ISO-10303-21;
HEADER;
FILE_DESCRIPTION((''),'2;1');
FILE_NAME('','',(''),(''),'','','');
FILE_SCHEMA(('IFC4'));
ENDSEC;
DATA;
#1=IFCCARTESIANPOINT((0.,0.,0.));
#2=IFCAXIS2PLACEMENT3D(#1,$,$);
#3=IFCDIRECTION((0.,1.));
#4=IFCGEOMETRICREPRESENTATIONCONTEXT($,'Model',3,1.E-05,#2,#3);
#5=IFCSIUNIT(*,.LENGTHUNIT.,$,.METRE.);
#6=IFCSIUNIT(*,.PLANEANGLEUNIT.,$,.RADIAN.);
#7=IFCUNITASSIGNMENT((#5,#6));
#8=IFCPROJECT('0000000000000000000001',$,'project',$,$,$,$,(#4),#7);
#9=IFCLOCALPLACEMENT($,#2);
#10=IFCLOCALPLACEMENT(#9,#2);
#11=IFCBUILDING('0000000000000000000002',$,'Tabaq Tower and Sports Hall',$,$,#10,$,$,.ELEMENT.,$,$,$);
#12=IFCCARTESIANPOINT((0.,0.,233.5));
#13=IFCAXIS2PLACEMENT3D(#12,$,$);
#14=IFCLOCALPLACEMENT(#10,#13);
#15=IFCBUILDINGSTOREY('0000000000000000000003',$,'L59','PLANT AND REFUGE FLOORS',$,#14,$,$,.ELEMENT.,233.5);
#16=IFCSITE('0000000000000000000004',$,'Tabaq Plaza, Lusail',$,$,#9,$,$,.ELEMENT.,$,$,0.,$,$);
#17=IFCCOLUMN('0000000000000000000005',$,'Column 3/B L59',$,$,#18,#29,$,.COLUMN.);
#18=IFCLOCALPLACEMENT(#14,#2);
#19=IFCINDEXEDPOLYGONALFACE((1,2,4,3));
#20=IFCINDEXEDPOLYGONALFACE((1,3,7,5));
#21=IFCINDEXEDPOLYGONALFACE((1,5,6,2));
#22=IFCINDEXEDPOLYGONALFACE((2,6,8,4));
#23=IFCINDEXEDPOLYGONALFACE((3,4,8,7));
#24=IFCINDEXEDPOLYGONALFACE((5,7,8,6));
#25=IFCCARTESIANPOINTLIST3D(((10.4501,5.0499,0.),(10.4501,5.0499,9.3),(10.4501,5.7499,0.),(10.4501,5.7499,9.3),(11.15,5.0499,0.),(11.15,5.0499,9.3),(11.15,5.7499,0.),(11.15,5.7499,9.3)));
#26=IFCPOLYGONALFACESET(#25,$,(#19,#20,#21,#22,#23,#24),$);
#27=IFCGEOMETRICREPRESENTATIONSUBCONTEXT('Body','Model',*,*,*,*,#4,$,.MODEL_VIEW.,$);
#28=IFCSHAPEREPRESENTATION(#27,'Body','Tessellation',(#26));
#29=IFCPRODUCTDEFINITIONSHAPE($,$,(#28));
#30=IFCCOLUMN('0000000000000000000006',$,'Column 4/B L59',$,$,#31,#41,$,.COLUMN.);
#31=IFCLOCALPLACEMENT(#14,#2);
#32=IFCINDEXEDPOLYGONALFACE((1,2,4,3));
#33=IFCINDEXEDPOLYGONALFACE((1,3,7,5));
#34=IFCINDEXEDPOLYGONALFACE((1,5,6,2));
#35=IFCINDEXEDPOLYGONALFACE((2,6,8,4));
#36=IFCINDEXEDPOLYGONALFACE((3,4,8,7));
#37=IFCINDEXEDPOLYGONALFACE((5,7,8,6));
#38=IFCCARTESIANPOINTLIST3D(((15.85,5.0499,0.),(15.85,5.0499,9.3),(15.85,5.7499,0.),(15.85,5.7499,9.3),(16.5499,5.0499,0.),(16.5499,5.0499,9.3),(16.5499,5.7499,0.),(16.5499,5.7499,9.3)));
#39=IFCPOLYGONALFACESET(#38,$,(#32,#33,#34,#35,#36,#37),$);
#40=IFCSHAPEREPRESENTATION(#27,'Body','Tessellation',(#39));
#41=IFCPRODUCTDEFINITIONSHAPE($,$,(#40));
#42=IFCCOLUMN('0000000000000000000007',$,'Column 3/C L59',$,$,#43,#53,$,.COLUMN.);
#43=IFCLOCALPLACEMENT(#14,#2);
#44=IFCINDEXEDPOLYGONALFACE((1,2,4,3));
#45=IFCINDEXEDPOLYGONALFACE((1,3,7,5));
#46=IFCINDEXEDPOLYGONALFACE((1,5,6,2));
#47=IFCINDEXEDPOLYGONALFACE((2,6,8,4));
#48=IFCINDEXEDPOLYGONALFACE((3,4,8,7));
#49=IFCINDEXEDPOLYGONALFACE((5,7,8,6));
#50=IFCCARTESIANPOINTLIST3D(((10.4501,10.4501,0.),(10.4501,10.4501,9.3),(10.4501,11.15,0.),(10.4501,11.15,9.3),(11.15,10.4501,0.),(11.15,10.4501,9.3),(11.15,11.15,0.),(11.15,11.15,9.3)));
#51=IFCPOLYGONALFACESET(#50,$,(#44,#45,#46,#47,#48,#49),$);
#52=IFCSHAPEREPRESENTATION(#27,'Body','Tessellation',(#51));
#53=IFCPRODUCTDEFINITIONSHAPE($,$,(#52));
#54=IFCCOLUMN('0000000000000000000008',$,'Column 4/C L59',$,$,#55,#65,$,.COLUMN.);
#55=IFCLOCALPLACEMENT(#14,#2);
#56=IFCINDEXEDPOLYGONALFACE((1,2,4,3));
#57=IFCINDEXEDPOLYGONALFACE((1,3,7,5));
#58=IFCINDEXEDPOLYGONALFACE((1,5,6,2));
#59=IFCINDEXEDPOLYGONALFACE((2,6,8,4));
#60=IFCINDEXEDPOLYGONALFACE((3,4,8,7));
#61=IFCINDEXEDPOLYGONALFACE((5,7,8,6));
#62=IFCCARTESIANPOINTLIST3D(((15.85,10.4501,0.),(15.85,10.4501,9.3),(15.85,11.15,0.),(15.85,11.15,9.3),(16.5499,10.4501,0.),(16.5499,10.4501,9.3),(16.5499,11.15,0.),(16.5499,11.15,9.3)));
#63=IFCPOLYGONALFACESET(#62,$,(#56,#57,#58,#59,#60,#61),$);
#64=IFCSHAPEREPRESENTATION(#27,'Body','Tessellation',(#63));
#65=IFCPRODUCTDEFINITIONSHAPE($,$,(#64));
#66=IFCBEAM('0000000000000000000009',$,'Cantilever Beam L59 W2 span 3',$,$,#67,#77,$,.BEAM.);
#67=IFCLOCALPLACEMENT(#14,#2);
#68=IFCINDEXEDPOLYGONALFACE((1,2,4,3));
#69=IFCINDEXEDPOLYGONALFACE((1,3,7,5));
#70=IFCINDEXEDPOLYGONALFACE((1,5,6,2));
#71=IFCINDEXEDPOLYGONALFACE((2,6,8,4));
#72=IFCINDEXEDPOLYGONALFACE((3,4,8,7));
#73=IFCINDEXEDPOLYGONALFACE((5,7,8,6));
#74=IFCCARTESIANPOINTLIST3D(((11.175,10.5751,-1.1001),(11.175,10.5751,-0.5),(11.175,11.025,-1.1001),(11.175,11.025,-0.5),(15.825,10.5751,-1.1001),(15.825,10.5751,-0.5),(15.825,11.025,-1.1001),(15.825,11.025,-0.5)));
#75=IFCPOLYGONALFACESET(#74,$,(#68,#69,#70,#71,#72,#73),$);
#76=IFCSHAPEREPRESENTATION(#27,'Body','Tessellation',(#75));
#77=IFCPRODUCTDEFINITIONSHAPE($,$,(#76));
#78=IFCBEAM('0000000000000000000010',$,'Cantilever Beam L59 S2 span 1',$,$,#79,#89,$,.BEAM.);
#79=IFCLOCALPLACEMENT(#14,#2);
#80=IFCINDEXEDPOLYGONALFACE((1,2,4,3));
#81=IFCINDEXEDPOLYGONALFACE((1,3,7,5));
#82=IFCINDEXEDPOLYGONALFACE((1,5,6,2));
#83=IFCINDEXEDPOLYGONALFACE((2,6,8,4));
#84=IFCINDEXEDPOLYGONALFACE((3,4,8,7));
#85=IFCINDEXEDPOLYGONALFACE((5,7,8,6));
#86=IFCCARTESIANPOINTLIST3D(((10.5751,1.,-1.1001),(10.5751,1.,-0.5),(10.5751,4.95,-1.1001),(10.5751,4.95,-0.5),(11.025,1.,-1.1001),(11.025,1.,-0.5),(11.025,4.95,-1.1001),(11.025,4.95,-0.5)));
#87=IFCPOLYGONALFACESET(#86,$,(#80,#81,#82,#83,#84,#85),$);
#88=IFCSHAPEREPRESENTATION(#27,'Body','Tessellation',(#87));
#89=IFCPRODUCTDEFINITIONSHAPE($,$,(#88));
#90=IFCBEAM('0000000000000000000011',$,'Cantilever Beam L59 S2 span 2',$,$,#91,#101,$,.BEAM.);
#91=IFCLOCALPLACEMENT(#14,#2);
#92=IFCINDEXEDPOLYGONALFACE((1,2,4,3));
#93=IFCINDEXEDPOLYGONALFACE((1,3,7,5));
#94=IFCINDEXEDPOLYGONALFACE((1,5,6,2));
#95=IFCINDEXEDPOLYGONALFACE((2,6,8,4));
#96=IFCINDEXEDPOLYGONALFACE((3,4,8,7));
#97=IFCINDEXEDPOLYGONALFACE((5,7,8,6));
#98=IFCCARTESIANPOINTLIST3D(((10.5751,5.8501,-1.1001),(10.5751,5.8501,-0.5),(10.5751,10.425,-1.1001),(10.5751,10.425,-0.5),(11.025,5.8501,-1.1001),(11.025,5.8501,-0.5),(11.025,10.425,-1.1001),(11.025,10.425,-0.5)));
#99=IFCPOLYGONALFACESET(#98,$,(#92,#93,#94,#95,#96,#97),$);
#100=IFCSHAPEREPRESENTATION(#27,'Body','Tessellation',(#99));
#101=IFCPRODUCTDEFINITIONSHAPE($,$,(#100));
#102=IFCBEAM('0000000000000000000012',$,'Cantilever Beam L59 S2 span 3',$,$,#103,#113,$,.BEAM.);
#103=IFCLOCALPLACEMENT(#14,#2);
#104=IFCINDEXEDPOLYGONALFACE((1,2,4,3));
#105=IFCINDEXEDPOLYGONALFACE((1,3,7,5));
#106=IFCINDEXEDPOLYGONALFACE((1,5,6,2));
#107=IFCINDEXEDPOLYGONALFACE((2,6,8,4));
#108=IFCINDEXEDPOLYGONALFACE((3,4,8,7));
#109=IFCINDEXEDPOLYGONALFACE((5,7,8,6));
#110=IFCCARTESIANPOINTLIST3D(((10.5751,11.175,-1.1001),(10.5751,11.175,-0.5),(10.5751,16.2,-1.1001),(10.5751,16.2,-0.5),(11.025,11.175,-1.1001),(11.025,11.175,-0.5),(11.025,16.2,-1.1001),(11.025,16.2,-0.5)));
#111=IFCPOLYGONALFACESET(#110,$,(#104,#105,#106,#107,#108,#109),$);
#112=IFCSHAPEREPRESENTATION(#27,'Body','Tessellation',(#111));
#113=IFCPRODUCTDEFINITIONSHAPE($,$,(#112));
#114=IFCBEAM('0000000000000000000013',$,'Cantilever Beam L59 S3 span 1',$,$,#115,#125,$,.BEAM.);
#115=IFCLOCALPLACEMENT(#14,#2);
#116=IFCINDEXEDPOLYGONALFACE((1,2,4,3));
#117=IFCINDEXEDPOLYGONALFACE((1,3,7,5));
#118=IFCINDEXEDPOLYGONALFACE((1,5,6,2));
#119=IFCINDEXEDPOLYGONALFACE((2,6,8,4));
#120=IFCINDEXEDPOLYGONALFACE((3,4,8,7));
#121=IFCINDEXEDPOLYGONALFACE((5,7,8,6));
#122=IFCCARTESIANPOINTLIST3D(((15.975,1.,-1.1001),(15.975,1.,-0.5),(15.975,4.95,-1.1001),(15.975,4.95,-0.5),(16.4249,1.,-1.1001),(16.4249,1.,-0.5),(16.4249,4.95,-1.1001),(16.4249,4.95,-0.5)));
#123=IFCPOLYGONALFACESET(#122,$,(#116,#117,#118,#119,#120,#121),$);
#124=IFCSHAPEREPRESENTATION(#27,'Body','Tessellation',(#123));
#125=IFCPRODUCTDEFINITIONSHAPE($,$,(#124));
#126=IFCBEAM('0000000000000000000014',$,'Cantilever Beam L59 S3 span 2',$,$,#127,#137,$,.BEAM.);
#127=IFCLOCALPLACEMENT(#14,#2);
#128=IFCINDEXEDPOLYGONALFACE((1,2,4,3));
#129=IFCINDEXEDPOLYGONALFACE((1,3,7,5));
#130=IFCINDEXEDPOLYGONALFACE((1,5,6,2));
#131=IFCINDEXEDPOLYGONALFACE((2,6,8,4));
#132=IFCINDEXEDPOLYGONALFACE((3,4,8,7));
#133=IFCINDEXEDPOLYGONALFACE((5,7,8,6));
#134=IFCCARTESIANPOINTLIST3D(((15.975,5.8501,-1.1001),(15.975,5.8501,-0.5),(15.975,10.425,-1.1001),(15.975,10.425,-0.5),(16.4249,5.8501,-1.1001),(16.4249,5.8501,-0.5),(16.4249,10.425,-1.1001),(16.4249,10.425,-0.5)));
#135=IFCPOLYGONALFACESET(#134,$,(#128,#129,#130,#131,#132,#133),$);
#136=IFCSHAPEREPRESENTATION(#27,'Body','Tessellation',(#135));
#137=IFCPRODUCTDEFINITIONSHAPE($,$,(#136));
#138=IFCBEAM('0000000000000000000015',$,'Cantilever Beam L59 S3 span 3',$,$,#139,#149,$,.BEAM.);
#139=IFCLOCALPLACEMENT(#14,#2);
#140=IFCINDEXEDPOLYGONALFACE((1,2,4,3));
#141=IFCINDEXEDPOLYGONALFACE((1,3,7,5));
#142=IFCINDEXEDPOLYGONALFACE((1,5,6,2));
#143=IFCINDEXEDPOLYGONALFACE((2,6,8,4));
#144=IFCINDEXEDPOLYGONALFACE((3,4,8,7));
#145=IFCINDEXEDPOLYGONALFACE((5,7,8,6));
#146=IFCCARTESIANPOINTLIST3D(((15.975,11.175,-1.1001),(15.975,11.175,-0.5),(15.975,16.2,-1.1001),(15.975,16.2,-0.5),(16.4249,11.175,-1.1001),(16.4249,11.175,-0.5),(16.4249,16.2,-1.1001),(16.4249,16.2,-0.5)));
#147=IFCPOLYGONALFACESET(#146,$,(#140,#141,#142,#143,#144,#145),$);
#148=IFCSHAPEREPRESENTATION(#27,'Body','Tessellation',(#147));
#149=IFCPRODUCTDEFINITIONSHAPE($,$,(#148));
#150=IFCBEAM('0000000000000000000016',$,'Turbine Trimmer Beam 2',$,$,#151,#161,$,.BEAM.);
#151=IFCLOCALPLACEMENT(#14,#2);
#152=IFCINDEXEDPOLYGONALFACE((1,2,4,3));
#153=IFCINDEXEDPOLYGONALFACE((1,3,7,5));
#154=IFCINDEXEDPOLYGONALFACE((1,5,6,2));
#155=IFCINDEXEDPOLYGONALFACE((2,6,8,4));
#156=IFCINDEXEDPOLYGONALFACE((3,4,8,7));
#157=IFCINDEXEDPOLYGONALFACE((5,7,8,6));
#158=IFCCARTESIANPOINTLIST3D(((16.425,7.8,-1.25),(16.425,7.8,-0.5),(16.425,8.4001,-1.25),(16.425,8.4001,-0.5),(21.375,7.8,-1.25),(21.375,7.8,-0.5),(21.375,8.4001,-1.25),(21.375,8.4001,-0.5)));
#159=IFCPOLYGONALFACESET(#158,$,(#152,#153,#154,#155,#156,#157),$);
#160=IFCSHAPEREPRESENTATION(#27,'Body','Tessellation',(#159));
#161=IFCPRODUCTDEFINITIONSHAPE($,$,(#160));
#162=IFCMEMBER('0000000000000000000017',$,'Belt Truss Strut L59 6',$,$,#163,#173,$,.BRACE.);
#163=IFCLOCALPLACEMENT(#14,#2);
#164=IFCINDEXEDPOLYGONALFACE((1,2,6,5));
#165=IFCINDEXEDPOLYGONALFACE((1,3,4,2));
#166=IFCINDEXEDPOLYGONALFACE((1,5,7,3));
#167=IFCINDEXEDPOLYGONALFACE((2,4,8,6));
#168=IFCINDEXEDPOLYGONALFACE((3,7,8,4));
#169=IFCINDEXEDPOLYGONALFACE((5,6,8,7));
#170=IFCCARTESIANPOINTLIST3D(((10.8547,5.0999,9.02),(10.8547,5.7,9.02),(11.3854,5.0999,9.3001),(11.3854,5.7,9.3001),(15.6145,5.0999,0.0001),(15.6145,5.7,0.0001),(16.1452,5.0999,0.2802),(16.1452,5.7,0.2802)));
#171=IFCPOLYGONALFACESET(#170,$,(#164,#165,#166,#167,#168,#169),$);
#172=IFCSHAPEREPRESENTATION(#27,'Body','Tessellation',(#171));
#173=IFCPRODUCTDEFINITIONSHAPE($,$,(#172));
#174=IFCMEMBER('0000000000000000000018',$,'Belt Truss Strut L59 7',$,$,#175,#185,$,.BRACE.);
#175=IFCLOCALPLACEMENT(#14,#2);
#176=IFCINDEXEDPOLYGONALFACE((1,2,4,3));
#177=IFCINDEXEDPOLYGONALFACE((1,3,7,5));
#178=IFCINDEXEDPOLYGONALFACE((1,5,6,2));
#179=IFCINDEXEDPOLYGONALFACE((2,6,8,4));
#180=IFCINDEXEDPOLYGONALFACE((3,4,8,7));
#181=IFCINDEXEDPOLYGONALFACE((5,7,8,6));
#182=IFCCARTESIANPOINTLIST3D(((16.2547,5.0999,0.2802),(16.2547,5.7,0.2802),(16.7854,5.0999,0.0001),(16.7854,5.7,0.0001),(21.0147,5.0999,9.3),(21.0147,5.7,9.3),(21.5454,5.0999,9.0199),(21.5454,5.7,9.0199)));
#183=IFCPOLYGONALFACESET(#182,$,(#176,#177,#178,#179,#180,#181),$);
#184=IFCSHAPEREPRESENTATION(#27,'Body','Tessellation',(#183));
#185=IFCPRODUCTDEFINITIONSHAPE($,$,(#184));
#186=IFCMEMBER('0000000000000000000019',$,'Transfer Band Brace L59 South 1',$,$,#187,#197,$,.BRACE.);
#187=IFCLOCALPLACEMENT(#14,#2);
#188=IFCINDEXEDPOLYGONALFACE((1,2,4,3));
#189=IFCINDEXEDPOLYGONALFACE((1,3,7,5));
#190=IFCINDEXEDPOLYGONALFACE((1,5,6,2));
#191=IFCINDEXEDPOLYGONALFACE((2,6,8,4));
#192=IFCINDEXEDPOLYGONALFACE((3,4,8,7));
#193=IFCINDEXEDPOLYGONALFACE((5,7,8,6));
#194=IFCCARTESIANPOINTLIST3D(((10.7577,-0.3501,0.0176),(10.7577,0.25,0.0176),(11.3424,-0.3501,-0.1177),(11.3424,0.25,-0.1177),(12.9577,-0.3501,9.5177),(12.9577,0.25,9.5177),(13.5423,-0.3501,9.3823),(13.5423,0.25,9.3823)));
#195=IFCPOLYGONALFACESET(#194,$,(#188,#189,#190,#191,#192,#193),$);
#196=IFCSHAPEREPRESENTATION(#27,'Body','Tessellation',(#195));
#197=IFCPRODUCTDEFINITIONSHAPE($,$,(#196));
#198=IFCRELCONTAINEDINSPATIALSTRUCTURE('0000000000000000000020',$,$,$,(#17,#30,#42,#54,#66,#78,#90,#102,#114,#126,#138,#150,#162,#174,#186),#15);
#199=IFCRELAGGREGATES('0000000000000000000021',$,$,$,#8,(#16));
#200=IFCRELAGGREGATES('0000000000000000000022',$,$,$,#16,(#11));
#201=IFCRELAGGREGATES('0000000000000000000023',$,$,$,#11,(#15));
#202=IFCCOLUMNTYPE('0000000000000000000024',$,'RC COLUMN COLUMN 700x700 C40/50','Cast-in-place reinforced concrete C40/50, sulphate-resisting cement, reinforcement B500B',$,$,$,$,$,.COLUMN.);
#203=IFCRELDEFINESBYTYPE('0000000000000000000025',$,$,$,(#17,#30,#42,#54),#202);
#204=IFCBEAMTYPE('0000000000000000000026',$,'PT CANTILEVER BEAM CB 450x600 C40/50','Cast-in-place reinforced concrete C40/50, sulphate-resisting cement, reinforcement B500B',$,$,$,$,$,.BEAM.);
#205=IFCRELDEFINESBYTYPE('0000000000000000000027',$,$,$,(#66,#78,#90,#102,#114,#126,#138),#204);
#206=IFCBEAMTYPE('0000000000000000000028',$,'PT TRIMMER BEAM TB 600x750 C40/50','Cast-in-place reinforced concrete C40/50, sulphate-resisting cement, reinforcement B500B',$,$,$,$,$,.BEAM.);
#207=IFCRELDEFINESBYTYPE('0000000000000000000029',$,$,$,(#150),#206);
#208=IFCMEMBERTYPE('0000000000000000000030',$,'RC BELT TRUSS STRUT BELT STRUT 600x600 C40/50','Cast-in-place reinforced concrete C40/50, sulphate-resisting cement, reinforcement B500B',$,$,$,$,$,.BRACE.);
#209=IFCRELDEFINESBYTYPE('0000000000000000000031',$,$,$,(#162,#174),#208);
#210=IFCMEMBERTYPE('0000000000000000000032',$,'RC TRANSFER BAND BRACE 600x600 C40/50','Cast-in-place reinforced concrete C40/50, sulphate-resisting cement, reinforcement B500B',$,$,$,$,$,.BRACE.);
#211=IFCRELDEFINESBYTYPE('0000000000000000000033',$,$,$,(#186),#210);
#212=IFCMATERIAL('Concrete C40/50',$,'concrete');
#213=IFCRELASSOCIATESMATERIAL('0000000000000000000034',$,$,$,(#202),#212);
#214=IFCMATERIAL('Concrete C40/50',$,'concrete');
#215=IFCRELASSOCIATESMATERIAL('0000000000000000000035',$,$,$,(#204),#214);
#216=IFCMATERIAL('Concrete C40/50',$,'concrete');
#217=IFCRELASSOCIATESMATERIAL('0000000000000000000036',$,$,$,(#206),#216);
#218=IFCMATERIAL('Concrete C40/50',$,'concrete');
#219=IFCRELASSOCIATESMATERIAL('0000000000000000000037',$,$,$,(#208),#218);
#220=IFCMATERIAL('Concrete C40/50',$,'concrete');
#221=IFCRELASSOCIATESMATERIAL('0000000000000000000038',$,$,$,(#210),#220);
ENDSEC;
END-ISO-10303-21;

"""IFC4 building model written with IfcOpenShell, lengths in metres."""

from ifc_helpers import new_model, si_unit, direction, frame, origin, origin_2d, place, context, subcontext, project, spatial, rectangle, extrude, material, material_profile, profile_set, type_object, element, save


model = new_model("IFC4")

# Units and contexts
model_context = context("Model", 3, precision=1e-05, world=origin(), true_north=direction((0.0, 1.0)))
body_context = subcontext(model_context, "Body", "Model", "MODEL_VIEW")
ifc_project = project(units=[si_unit("LENGTHUNIT", "METRE"), si_unit("PLANEANGLEUNIT", "RADIAN")], contexts=[model_context])

# Site, building, storey
site_placement = place(None, origin())
site = spatial("IfcSite", under=ifc_project, at=site_placement, Name="Tabaq Plaza, Lusail", CompositionType="ELEMENT", RefElevation=0.0)
building_placement = place(site_placement, origin())
building = spatial("IfcBuilding", under=site, at=building_placement, Name="Tabaq Tower and Sports Hall", CompositionType="ELEMENT")
storey_placement = place(building_placement, frame((0.0, 0.0, 233.5)))
storey = spatial("IfcBuildingStorey", under=building, at=storey_placement, Name="L59", Description="PLANT AND REFUGE FLOORS", CompositionType="ELEMENT", Elevation=233.5)

# Columns
ifc_material_1 = material(Name="Concrete C40/50", Category="concrete")
ifc_material_profile_1 = material_profile(ifc_material_1, rectangle(XDim=0.7, YDim=0.7, at=origin_2d()), Name="COLUMN 700x700")
ifc_profile_set_1 = profile_set([ifc_material_profile_1], Name="Concrete C40/50")
column_type = type_object("IfcColumnType", Name="RC COLUMN COLUMN 700x700 C40/50", Description="Cast-in-place reinforced concrete C40/50, sulphate-resisting cement, reinforcement B500B", PredefinedType="COLUMN", material=ifc_profile_set_1)
for number, where, z_axis, x_axis, name in (
    (1, (10.8, 5.3999, 0.0), (0.0, 0.0, 1.0), (1.0, 0.0, 0.0), "Column 3/B L59"),
    (2, (16.2, 5.3999, 0.0), (0.0, 0.0, 1.0), (1.0, 0.0, 0.0), "Column 4/B L59"),
    (3, (10.8, 10.8, 0.0), (0.0, 0.0, 1.0), (1.0, 0.0, 0.0), "Column 3/C L59"),
    (4, (16.2, 10.8, 0.0), (0.0, 0.0, 1.0), (1.0, 0.0, 0.0), "Column 4/C L59"),
):
    element("IfcColumn", number, at=place(storey_placement, frame(where, z_axis=z_axis, x_axis=x_axis)), inside=storey, type_object=column_type, Name=name, PredefinedType="COLUMN", context=body_context, shape_type="SweptSolid", body=[
        extrude(rectangle(XDim=0.7, YDim=0.7, at=origin_2d()), origin(), (0.0, 0.0, 1.0), 9.3),
    ])

# Beams
ifc_material_2 = material(Name="Concrete C40/50", Category="concrete")
ifc_material_profile_2 = material_profile(ifc_material_2, rectangle(XDim=0.45, YDim=0.6001, at=origin_2d()), Name="CB 450x600")
ifc_profile_set_2 = profile_set([ifc_material_profile_2], Name="Concrete C40/50")
beam_type_1 = type_object("IfcBeamType", Name="PT CANTILEVER BEAM CB 450x600 C40/50", Description="Cast-in-place reinforced concrete C40/50, sulphate-resisting cement, reinforcement B500B", PredefinedType="BEAM", material=ifc_profile_set_2)
beam_1_placement = place(storey_placement, frame((11.175, 10.8, -0.8), z_axis=(1.0, 0.0, 0.0), x_axis=(0.0, 1.0, 0.0)))
element("IfcBeam", 5, at=beam_1_placement, inside=storey, type_object=beam_type_1, Name="Cantilever Beam L59 W2 span 3", PredefinedType="BEAM", context=body_context, shape_type="SweptSolid", body=[
    extrude(rectangle(XDim=0.45, YDim=0.6001, at=origin_2d()), origin(), (0.0, 0.0, 1.0), 4.6499),
])
beam_2_placement = place(storey_placement, frame((10.8, 1.0, -0.8), z_axis=(0.0, 1.0, 0.0), x_axis=(-1.0, 0.0, 0.0)))
element("IfcBeam", 6, at=beam_2_placement, inside=storey, type_object=beam_type_1, Name="Cantilever Beam L59 S2 span 1", PredefinedType="BEAM", context=body_context, shape_type="SweptSolid", body=[
    extrude(rectangle(XDim=0.45, YDim=0.6001, at=origin_2d()), origin(), (0.0, 0.0, 1.0), 3.95),
])
beam_3_placement = place(storey_placement, frame((10.8, 5.8501, -0.8), z_axis=(0.0, 1.0, 0.0), x_axis=(-1.0, 0.0, 0.0)))
element("IfcBeam", 7, at=beam_3_placement, inside=storey, type_object=beam_type_1, Name="Cantilever Beam L59 S2 span 2", PredefinedType="BEAM", context=body_context, shape_type="SweptSolid", body=[
    extrude(rectangle(XDim=0.45, YDim=0.6001, at=origin_2d()), origin(), (0.0, 0.0, 1.0), 4.575),
])
beam_4_placement = place(storey_placement, frame((10.8, 11.175, -0.8), z_axis=(0.0, 1.0, 0.0), x_axis=(-1.0, 0.0, 0.0)))
element("IfcBeam", 8, at=beam_4_placement, inside=storey, type_object=beam_type_1, Name="Cantilever Beam L59 S2 span 3", PredefinedType="BEAM", context=body_context, shape_type="SweptSolid", body=[
    extrude(rectangle(XDim=0.45, YDim=0.6001, at=origin_2d()), origin(), (0.0, 0.0, 1.0), 5.0249),
])
beam_5_placement = place(storey_placement, frame((16.2, 1.0, -0.8), z_axis=(0.0, 1.0, 0.0), x_axis=(-1.0, 0.0, 0.0)))
element("IfcBeam", 9, at=beam_5_placement, inside=storey, type_object=beam_type_1, Name="Cantilever Beam L59 S3 span 1", PredefinedType="BEAM", context=body_context, shape_type="SweptSolid", body=[
    extrude(rectangle(XDim=0.45, YDim=0.6001, at=origin_2d()), origin(), (0.0, 0.0, 1.0), 3.95),
])
beam_6_placement = place(storey_placement, frame((16.2, 5.8501, -0.8), z_axis=(0.0, 1.0, 0.0), x_axis=(-1.0, 0.0, 0.0)))
element("IfcBeam", 10, at=beam_6_placement, inside=storey, type_object=beam_type_1, Name="Cantilever Beam L59 S3 span 2", PredefinedType="BEAM", context=body_context, shape_type="SweptSolid", body=[
    extrude(rectangle(XDim=0.45, YDim=0.6001, at=origin_2d()), origin(), (0.0, 0.0, 1.0), 4.575),
])
beam_7_placement = place(storey_placement, frame((16.2, 11.175, -0.8), z_axis=(0.0, 1.0, 0.0), x_axis=(-1.0, 0.0, 0.0)))
element("IfcBeam", 11, at=beam_7_placement, inside=storey, type_object=beam_type_1, Name="Cantilever Beam L59 S3 span 3", PredefinedType="BEAM", context=body_context, shape_type="SweptSolid", body=[
    extrude(rectangle(XDim=0.45, YDim=0.6001, at=origin_2d()), origin(), (0.0, 0.0, 1.0), 5.0249),
])
ifc_material_3 = material(Name="Concrete C40/50", Category="concrete")
ifc_material_profile_3 = material_profile(ifc_material_3, rectangle(XDim=0.6001, YDim=0.75, at=origin_2d()), Name="TB 600x750")
ifc_profile_set_3 = profile_set([ifc_material_profile_3], Name="Concrete C40/50")
beam_type_2 = type_object("IfcBeamType", Name="PT TRIMMER BEAM TB 600x750 C40/50", Description="Cast-in-place reinforced concrete C40/50, sulphate-resisting cement, reinforcement B500B", PredefinedType="BEAM", material=ifc_profile_set_3)
beam_8_placement = place(storey_placement, frame((16.425, 8.1001, -0.875), z_axis=(1.0, 0.0, 0.0), x_axis=(0.0, 1.0, 0.0)))
element("IfcBeam", 12, at=beam_8_placement, inside=storey, type_object=beam_type_2, Name="Turbine Trimmer Beam 2", PredefinedType="BEAM", context=body_context, shape_type="SweptSolid", body=[
    extrude(rectangle(XDim=0.6001, YDim=0.75, at=origin_2d()), origin(), (0.0, 0.0, 1.0), 4.95),
])

# Members
ifc_material_4 = material(Name="Concrete C40/50", Category="concrete")
ifc_material_profile_4 = material_profile(ifc_material_4, rectangle(XDim=0.6001, YDim=0.6001, at=origin_2d()), Name="BELT STRUT 600x600")
ifc_profile_set_4 = profile_set([ifc_material_profile_4], Name="Concrete C40/50")
member_type_1 = type_object("IfcMemberType", Name="RC BELT TRUSS STRUT BELT STRUT 600x600 C40/50", Description="Cast-in-place reinforced concrete C40/50, sulphate-resisting cement, reinforcement B500B", PredefinedType="BRACE", material=ifc_profile_set_4)
for number, where, z_axis, x_axis, name in (
    (13, (15.8799, 5.3999, 0.1401), (-0.466707, 0.0, 0.884412), (0.0, -1.0, 0.0), "Belt Truss Strut L59 6"),
    (14, (16.52, 5.3999, 0.1401), (0.466726, 0.0, 0.884402), (0.0, 1.0, 0.0), "Belt Truss Strut L59 7"),
):
    element("IfcMember", number, at=place(storey_placement, frame(where, z_axis=z_axis, x_axis=x_axis)), inside=storey, type_object=member_type_1, Name=name, PredefinedType="BRACE", context=body_context, shape_type="SweptSolid", body=[
        extrude(rectangle(XDim=0.6001, YDim=0.6001, at=origin_2d()), origin(), (0.0, 0.0, 1.0), 10.1987),
    ])
ifc_material_5 = material(Name="Concrete C40/50", Category="concrete")
ifc_material_profile_5 = material_profile(ifc_material_5, rectangle(XDim=0.6001, YDim=0.6001, at=origin_2d()), Name="TRANSFER BAND BRACE 600x600")
ifc_profile_set_5 = profile_set([ifc_material_profile_5], Name="Concrete C40/50")
member_type_2 = type_object("IfcMemberType", Name="RC TRANSFER BAND BRACE 600x600 C40/50", Description="Cast-in-place reinforced concrete C40/50, sulphate-resisting cement, reinforcement B500B", PredefinedType="BRACE", material=ifc_profile_set_5)
for number, where, z_axis, x_axis, name in (
    (15, (11.05, -0.05, -0.05), (0.225604, 0.0, 0.974219), (0.0, 1.0, 0.0), "Transfer Band Brace L59 South 1"),
):
    element("IfcMember", number, at=place(storey_placement, frame(where, z_axis=z_axis, x_axis=x_axis)), inside=storey, type_object=member_type_2, Name=name, PredefinedType="BRACE", context=body_context, shape_type="SweptSolid", body=[
        extrude(rectangle(XDim=0.6001, YDim=0.6001, at=origin_2d()), origin(), (0.0, 0.0, 1.0), 9.7515),
    ])

save(model, "model.ifc")
